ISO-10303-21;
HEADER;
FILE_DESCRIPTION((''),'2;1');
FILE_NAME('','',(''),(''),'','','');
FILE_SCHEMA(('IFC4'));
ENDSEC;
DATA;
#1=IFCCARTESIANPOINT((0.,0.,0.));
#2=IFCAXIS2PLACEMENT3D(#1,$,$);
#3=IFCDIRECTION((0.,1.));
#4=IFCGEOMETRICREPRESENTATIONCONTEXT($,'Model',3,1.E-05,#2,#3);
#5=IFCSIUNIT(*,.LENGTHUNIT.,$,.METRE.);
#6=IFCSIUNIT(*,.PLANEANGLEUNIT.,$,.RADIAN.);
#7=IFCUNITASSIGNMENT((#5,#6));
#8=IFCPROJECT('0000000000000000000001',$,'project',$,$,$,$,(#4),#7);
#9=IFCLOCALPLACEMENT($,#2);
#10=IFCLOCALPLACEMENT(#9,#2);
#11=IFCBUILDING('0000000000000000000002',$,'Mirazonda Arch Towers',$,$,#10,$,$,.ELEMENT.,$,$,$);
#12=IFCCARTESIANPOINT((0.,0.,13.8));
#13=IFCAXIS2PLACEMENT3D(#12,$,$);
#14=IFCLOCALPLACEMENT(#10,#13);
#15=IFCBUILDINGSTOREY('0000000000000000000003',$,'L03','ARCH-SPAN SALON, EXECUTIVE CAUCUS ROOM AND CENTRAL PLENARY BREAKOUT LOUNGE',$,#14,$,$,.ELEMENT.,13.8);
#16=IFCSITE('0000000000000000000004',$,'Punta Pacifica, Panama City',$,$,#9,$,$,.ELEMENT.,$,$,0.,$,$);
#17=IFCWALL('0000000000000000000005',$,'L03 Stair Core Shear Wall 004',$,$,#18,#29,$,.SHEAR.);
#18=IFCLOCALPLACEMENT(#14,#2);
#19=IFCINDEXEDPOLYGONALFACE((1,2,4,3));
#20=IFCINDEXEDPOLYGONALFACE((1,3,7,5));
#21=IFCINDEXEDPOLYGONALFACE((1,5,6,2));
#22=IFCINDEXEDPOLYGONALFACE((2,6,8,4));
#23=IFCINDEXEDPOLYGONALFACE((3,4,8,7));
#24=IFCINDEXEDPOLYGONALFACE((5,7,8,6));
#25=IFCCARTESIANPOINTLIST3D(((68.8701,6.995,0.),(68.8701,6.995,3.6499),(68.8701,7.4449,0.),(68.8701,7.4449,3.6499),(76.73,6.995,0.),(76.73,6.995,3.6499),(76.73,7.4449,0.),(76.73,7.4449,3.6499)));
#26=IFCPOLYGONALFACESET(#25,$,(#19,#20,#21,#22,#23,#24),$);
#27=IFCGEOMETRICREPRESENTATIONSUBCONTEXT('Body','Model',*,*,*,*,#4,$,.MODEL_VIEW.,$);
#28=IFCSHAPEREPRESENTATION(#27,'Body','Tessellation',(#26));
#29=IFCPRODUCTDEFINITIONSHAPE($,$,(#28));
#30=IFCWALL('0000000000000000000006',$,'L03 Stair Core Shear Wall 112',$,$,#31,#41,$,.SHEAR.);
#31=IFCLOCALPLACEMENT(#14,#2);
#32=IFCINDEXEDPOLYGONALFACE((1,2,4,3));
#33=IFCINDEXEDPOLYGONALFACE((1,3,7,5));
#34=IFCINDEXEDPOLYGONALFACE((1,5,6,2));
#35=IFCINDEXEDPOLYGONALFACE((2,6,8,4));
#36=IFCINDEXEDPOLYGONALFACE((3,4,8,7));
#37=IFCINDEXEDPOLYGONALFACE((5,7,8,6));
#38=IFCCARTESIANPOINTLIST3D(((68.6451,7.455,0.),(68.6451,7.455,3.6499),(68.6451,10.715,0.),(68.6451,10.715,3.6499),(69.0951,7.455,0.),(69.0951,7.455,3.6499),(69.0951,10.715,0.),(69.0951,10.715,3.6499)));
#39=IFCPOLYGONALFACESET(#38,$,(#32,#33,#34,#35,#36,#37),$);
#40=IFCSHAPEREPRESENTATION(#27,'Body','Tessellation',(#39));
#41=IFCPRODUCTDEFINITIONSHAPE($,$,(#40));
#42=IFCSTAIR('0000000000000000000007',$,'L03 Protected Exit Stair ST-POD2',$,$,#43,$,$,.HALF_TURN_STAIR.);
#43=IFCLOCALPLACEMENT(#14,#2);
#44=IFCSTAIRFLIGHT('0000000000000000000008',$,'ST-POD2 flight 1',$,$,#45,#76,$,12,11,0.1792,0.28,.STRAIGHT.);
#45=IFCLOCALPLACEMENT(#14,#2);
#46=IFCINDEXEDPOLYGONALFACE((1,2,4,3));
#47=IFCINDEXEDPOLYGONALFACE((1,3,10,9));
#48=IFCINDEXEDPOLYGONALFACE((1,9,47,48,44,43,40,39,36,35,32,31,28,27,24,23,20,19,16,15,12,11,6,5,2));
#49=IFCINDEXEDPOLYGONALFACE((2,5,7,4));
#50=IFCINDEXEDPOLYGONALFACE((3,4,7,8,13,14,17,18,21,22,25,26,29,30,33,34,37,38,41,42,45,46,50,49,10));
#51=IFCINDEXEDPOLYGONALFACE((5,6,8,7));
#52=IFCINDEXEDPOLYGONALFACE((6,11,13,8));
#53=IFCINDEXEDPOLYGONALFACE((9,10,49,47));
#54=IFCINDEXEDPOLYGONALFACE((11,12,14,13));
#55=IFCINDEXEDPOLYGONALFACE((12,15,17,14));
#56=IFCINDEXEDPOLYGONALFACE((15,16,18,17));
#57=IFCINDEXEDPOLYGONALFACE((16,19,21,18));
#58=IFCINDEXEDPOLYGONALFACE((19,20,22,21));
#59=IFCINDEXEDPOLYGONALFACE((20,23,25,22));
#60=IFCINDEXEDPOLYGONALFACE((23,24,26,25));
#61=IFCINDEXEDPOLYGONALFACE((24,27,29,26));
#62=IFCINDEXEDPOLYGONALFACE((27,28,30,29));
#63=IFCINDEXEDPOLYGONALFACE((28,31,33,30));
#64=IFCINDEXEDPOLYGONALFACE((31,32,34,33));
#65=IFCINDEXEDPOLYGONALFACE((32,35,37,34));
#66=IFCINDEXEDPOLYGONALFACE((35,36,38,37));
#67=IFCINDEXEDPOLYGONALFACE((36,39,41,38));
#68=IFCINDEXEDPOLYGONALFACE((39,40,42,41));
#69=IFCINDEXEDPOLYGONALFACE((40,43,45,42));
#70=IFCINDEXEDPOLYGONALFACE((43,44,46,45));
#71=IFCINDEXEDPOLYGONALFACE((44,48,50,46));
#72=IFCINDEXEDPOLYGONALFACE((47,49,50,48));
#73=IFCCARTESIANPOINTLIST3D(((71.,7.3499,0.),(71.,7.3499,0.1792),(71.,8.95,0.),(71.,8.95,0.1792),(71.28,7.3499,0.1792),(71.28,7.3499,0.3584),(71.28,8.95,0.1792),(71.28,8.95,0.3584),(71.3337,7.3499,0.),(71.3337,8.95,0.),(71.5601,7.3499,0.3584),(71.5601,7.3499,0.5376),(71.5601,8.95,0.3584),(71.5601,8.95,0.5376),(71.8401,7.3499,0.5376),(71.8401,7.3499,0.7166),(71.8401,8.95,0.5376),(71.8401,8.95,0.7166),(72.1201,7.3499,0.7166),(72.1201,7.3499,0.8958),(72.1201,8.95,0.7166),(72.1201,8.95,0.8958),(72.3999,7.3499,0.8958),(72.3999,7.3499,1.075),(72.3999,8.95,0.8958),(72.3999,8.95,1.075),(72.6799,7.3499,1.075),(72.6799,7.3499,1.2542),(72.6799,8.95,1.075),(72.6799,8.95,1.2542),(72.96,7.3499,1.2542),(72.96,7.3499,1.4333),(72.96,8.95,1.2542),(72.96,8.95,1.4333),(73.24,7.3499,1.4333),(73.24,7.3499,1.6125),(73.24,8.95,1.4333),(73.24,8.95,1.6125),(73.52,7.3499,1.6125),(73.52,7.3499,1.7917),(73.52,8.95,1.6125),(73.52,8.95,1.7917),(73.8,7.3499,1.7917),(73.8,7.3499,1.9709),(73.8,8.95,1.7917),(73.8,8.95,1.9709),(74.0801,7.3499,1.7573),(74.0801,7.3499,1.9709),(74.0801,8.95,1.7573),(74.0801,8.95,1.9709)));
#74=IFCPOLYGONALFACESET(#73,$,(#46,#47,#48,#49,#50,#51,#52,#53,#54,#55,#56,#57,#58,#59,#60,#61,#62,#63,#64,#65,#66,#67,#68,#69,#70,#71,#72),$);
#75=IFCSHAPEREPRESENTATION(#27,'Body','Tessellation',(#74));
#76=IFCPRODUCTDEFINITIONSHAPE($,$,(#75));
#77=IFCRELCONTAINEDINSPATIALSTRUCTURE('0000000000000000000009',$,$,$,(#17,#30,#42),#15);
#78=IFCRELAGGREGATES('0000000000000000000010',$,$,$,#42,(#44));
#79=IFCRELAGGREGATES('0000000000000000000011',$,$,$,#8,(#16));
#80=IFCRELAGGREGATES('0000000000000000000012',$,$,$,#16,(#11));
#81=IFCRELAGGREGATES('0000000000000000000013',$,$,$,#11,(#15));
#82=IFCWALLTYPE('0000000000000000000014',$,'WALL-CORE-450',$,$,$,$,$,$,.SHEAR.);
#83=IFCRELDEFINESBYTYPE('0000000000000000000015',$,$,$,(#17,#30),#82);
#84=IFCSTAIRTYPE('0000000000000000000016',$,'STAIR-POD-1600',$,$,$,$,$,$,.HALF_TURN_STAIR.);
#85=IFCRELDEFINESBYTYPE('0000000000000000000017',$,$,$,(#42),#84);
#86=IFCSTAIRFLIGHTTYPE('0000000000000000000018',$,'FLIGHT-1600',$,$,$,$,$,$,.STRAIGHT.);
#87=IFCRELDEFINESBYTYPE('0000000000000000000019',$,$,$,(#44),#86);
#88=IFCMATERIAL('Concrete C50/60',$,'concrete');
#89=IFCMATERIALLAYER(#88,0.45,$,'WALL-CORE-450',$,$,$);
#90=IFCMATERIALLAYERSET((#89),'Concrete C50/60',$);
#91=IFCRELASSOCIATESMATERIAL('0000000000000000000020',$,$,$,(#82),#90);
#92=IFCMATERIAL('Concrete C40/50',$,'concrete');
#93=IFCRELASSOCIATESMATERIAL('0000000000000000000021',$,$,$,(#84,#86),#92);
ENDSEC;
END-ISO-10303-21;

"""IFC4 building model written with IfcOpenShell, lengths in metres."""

from ifc_helpers import new_model, si_unit, direction, frame, frame_2d, origin, place, context, subcontext, project, spatial, polyline, rectangle, outline, extrude, material, layer, layer_set, type_object, element, aggregate, save


model = new_model("IFC4")

# Units and contexts
model_context = context("Model", 3, precision=1e-05, world=origin(), true_north=direction((0.0, 1.0)))
body_context = subcontext(model_context, "Body", "Model", "MODEL_VIEW")
ifc_project = project(units=[si_unit("LENGTHUNIT", "METRE"), si_unit("PLANEANGLEUNIT", "RADIAN")], contexts=[model_context])

# Site, building, storey
site_placement = place(None, origin())
site = spatial("IfcSite", under=ifc_project, at=site_placement, Name="Punta Pacifica, Panama City", CompositionType="ELEMENT", RefElevation=0.0)
building_placement = place(site_placement, origin())
building = spatial("IfcBuilding", under=site, at=building_placement, Name="Mirazonda Arch Towers", CompositionType="ELEMENT")
storey_placement = place(building_placement, frame((0.0, 0.0, 13.8)))
storey = spatial("IfcBuildingStorey", under=building, at=storey_placement, Name="L03", Description="ARCH-SPAN SALON, EXECUTIVE CAUCUS ROOM AND CENTRAL PLENARY BREAKOUT LOUNGE", CompositionType="ELEMENT", Elevation=13.8)

# Shared definitions
ifc_material_1 = material(Name="Concrete C50/60", Category="concrete")

# Walls
ifc_layer_1 = layer(ifc_material_1, 0.45, Name="WALL-CORE-450")
ifc_layer_set_1 = layer_set([ifc_layer_1], Name="Concrete C50/60")
wall_type = type_object("IfcWallType", Name="WALL-CORE-450", PredefinedType="SHEAR", material=ifc_layer_set_1)
wall_1_placement = place(storey_placement, frame((68.8701, 7.22, 0.0), z_axis=(0.0, 0.0, 1.0), x_axis=(1.0, 0.0, 0.0)))
element("IfcWall", 1, at=wall_1_placement, inside=storey, type_object=wall_type, Name="L03 Stair Core Shear Wall 004", PredefinedType="SHEAR", context=body_context, shape_type="SweptSolid", body=[
    extrude(rectangle(XDim=7.8599, YDim=0.45, at=frame_2d((3.9299, 0.0))), origin(), (0.0, 0.0, 1.0), 3.6499),
])
wall_2_placement = place(storey_placement, frame((68.8701, 7.4551, 0.0), z_axis=(0.0, 0.0, 1.0), x_axis=(0.0, 1.0, 0.0)))
element("IfcWall", 2, at=wall_2_placement, inside=storey, type_object=wall_type, Name="L03 Stair Core Shear Wall 112", PredefinedType="SHEAR", context=body_context, shape_type="SweptSolid", body=[
    extrude(rectangle(XDim=3.26, YDim=0.45, at=frame_2d((1.6299, 0.0))), origin(), (0.0, 0.0, 1.0), 3.6499),
])

# Stair, stair flight
ifc_material_2 = material(Name="Concrete C40/50", Category="concrete")
stair_type = type_object("IfcStairType", Name="STAIR-POD-1600", PredefinedType="HALF_TURN_STAIR", material=ifc_material_2)
stair_placement = place(storey_placement, origin())
stair = element("IfcStair", 3, at=stair_placement, inside=storey, type_object=stair_type, Name="L03 Protected Exit Stair ST-POD2", PredefinedType="HALF_TURN_STAIR")
stair_flight_type = type_object("IfcStairFlightType", Name="FLIGHT-1600", PredefinedType="STRAIGHT", material=ifc_material_2)
stair_flight_placement = place(storey_placement, frame((71.0, 8.1499, 0.0), z_axis=(0.0, 0.0, 1.0), x_axis=(1.0, 0.0, 0.0)))
stair_flight = element("IfcStairFlight", 4, at=stair_flight_placement, type_object=stair_flight_type, Name="ST-POD2 flight 1", NumberOfRisers=12, NumberOfTreads=11, PredefinedType="STRAIGHT", RiserHeight=0.1792, TreadLength=0.28, context=body_context, shape_type="SweptSolid", body=[
    extrude(outline(polyline([(0.0, 0.0), (0.0, 0.1792), (0.28, 0.1792), (0.28, 0.3584), (0.5601, 0.3584), (0.5601, 0.5376), (0.8401, 0.5376), (0.8401, 0.7166), (1.1201, 0.7166), (1.1201, 0.8958), (1.3999, 0.8958), (1.3999, 1.075), (1.6799, 1.075), (1.6799, 1.2542), (1.96, 1.2542), (1.96, 1.4333), (2.24, 1.4333), (2.24, 1.6125), (2.52, 1.6125), (2.52, 1.7917), (2.8, 1.7917), (2.8, 1.9709), (3.0801, 1.9709), (3.0801, 2.1499), (3.0801, 1.7573), (0.3337, 0.0), (0.0, 0.0)])), frame((0.0, 0.8, 0.0), z_axis=(0.0, -1.0, 0.0), x_axis=(1.0, 0.0, 0.0)), (0.0, 0.0, 1.0), 1.6001),
])
aggregate(stair, [stair_flight])

save(model, "model.ifc")
